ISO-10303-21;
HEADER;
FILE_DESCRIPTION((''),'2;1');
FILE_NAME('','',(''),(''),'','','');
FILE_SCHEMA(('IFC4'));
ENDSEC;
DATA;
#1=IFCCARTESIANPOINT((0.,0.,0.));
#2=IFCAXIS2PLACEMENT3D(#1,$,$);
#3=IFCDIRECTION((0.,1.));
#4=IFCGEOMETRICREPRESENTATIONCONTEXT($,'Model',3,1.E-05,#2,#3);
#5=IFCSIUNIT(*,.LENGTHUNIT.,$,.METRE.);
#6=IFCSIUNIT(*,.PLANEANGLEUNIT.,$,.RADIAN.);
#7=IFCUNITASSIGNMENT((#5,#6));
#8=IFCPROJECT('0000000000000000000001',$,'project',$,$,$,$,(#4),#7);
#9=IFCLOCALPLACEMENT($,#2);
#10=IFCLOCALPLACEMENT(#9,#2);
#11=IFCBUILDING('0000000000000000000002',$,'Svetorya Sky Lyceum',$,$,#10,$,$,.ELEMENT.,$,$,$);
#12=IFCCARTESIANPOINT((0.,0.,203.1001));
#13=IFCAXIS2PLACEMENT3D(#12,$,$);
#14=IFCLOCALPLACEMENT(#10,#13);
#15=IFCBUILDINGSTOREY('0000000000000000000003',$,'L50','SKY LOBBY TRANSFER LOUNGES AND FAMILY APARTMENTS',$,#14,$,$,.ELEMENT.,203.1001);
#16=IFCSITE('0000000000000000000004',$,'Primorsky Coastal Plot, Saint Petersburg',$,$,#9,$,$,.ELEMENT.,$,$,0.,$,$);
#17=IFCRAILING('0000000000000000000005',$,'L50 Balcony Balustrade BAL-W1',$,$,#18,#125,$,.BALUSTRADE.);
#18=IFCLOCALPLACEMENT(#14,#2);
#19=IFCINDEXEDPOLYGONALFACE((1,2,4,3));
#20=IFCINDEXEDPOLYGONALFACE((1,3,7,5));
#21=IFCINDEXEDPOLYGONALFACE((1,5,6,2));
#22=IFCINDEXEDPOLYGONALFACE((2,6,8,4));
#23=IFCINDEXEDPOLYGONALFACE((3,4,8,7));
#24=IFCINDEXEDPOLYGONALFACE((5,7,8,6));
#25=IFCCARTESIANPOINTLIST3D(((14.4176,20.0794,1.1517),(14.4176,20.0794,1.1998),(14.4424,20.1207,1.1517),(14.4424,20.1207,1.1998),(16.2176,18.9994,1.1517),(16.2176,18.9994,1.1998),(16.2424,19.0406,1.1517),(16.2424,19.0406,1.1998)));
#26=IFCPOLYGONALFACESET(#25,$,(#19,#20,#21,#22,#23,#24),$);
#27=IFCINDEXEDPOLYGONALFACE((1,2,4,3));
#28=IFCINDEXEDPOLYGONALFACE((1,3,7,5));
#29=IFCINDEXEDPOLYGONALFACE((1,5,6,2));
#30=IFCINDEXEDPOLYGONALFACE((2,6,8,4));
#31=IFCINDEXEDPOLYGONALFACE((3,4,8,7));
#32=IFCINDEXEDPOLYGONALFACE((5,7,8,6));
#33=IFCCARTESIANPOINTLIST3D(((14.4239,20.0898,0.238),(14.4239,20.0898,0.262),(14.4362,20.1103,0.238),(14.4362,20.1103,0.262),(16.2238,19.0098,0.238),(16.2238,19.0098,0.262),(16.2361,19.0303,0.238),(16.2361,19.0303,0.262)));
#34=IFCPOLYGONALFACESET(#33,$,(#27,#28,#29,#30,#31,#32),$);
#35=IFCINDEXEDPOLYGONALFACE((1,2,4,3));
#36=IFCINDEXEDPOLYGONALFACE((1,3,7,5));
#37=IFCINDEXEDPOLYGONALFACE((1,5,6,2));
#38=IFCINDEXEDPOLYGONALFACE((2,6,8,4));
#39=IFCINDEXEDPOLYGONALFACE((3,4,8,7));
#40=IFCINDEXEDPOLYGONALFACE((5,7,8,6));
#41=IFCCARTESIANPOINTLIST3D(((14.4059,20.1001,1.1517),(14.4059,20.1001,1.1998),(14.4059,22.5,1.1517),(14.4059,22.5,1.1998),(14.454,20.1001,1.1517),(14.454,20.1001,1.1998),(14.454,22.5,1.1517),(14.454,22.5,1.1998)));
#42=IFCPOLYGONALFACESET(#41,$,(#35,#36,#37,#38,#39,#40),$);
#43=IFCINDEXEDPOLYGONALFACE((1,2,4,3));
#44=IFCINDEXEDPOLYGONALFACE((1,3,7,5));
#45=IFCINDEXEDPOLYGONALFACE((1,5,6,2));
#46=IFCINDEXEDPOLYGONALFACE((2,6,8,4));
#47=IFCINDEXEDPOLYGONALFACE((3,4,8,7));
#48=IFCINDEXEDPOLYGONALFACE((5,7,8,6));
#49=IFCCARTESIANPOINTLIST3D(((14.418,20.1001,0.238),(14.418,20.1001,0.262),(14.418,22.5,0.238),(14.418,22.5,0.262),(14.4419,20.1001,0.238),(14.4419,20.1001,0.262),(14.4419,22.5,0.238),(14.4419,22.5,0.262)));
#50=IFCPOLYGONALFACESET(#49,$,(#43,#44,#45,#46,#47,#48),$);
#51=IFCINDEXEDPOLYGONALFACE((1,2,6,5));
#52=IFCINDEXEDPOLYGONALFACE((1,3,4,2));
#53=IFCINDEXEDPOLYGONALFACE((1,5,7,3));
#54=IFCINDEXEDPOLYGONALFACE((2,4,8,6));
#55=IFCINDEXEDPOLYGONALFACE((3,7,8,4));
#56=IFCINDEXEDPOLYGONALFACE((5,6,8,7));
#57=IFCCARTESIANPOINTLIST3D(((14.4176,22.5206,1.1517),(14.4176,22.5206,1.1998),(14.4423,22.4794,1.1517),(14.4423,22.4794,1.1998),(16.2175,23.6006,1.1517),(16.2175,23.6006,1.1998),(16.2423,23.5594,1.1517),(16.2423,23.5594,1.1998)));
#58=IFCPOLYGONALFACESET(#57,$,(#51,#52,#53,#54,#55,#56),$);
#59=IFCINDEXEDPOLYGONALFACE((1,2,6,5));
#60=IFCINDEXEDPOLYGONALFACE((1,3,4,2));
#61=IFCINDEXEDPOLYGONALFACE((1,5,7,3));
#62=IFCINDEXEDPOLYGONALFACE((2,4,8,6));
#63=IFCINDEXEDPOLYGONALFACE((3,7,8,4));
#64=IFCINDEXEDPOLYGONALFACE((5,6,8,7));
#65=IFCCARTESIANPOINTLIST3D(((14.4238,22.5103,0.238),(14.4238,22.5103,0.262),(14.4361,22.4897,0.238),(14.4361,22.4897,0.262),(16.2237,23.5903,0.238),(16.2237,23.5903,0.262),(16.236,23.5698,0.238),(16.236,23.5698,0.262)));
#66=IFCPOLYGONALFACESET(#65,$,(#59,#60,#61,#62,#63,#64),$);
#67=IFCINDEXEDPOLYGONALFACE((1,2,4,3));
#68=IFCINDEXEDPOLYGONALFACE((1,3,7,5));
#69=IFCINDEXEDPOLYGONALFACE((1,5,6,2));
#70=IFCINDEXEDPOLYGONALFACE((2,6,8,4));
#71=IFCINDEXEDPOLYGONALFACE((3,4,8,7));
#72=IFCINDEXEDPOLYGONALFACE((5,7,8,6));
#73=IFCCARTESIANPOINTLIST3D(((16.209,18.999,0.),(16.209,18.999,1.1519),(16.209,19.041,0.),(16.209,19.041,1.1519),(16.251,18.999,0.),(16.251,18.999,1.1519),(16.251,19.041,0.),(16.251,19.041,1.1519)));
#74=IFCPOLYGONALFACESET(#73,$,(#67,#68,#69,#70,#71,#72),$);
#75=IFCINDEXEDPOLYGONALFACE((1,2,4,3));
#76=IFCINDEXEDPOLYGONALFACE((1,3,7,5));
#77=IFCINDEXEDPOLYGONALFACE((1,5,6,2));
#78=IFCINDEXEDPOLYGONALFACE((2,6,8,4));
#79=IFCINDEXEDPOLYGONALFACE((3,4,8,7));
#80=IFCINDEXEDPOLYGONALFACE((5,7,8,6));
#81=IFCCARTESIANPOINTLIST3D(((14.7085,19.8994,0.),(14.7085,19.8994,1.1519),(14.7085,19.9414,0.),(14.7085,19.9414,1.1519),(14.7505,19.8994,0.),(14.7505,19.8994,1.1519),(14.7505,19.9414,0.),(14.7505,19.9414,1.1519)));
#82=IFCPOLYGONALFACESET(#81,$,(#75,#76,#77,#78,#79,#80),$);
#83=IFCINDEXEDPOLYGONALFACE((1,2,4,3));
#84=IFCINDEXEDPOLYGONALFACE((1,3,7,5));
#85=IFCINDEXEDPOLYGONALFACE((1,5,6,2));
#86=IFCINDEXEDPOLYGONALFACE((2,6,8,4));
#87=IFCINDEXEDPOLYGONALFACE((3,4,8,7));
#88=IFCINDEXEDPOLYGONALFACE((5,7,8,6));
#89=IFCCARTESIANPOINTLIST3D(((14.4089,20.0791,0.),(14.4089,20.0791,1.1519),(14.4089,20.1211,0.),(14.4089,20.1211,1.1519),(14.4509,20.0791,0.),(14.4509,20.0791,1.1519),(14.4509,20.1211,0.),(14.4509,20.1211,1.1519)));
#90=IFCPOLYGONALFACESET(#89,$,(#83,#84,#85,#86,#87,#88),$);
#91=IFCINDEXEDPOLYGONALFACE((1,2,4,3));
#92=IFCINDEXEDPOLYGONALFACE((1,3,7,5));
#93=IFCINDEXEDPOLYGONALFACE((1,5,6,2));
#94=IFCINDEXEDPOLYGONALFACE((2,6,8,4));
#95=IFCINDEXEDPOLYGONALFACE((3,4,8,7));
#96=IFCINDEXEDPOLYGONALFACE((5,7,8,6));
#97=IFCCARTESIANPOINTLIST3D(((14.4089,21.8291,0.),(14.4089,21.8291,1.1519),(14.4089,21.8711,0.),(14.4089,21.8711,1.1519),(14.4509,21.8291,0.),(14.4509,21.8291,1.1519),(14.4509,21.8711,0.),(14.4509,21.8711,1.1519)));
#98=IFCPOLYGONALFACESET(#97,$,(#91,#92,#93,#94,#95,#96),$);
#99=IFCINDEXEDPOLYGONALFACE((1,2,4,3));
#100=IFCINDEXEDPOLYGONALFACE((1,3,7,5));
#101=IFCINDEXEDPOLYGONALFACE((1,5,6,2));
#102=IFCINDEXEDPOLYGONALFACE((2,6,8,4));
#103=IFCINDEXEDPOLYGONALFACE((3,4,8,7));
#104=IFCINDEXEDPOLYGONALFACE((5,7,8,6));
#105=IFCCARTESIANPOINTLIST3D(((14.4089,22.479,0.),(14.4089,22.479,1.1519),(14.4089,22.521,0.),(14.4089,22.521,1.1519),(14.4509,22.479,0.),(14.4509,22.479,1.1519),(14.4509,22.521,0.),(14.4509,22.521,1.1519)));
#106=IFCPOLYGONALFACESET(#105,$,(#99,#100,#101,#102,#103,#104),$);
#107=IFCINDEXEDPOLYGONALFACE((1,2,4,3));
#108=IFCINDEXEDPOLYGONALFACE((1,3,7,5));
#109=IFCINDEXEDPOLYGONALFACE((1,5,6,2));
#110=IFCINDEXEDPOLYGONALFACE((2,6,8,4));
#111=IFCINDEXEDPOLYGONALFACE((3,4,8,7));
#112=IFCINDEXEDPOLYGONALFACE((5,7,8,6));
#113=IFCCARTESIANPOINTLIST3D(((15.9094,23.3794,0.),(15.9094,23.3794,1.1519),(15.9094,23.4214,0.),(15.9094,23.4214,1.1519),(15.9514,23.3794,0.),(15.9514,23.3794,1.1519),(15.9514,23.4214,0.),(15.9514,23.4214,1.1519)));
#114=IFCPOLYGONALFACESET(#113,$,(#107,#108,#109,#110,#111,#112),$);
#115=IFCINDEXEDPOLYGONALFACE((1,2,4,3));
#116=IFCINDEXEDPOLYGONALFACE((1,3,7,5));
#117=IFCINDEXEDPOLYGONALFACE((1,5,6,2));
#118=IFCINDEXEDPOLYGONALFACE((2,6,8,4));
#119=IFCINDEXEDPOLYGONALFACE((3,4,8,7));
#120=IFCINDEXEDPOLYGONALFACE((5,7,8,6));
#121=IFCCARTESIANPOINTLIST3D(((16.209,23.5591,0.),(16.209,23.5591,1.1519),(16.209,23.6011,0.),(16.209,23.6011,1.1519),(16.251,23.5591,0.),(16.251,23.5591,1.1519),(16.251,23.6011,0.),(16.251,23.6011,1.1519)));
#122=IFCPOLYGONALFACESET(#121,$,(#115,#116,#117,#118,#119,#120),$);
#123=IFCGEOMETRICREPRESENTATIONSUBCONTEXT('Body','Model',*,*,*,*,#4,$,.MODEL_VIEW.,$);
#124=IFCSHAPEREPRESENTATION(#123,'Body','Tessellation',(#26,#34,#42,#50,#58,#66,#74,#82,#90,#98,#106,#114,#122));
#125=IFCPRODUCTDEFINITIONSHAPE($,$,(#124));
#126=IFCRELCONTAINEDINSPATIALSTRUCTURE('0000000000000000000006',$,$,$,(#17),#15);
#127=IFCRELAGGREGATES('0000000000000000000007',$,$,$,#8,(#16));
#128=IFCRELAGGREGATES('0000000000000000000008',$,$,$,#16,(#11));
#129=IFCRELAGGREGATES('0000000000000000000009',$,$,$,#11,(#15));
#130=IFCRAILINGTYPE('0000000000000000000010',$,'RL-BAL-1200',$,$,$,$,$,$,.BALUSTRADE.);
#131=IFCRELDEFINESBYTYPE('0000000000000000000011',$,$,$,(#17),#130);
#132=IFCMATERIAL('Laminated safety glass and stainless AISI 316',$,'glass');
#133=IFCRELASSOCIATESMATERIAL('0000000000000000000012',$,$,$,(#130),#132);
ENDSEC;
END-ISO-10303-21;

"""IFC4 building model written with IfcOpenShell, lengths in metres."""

from ifc_helpers import new_model, si_unit, direction, frame, origin, origin_2d, place, context, subcontext, project, spatial, rectangle, extrude, material, type_object, element, save


model = new_model("IFC4")

# Units and contexts
model_context = context("Model", 3, precision=1e-05, world=origin(), true_north=direction((0.0, 1.0)))
body_context = subcontext(model_context, "Body", "Model", "MODEL_VIEW")
ifc_project = project(units=[si_unit("LENGTHUNIT", "METRE"), si_unit("PLANEANGLEUNIT", "RADIAN")], contexts=[model_context])

# Site, building, storey
site_placement = place(None, origin())
site = spatial("IfcSite", under=ifc_project, at=site_placement, Name="Primorsky Coastal Plot, Saint Petersburg", CompositionType="ELEMENT", RefElevation=0.0)
building_placement = place(site_placement, origin())
building = spatial("IfcBuilding", under=site, at=building_placement, Name="Svetorya Sky Lyceum", CompositionType="ELEMENT")
storey_placement = place(building_placement, frame((0.0, 0.0, 203.1001)))
storey = spatial("IfcBuildingStorey", under=building, at=storey_placement, Name="L50", Description="SKY LOBBY TRANSFER LOUNGES AND FAMILY APARTMENTS", CompositionType="ELEMENT", Elevation=203.1001)

# Railing
ifc_material_1 = material(Name="Laminated safety glass and stainless AISI 316", Category="glass")
railing_type = type_object("IfcRailingType", Name="RL-BAL-1200", PredefinedType="BALUSTRADE", material=ifc_material_1)
railing_placement = place(storey_placement, frame((16.23, 19.02, 0.0)))
element("IfcRailing", 1, at=railing_placement, inside=storey, type_object=railing_type, Name="L50 Balcony Balustrade BAL-W1", PredefinedType="BALUSTRADE", context=body_context, shape_type="SweptSolid", body=[
    extrude(rectangle(XDim=0.0481, YDim=0.0481, at=origin_2d()), frame((0.0, 0.0, 1.1758), z_axis=(-0.857483, 0.514513, 0.0), x_axis=(-0.514513, -0.857483, 0.0)), (0.0, 0.0, 1.0), 2.0991),
    extrude(rectangle(XDim=0.0239, YDim=0.0239, at=origin_2d()), frame((0.0, 0.0, 0.25), z_axis=(-0.857483, 0.514513, 0.0), x_axis=(-0.514513, -0.857483, 0.0)), (0.0, 0.0, 1.0), 2.0991),
    extrude(rectangle(XDim=0.0481, YDim=0.0481, at=origin_2d()), frame((-1.8, 1.0801, 1.1758), z_axis=(0.0, 1.0, 0.0), x_axis=(-1.0, 0.0, 0.0)), (0.0, 0.0, 1.0), 2.3999),
    extrude(rectangle(XDim=0.0239, YDim=0.0239, at=origin_2d()), frame((-1.8, 1.0801, 0.25), z_axis=(0.0, 1.0, 0.0), x_axis=(-1.0, 0.0, 0.0)), (0.0, 0.0, 1.0), 2.3999),
    extrude(rectangle(XDim=0.0481, YDim=0.0481, at=origin_2d()), frame((-1.8, 3.48, 1.1758), z_axis=(0.857483, 0.514513, 0.0), x_axis=(-0.514513, 0.857483, 0.0)), (0.0, 0.0, 1.0), 2.0991),
    extrude(rectangle(XDim=0.0239, YDim=0.0239, at=origin_2d()), frame((-1.8, 3.48, 0.25), z_axis=(0.857483, 0.514513, 0.0), x_axis=(-0.514513, 0.857483, 0.0)), (0.0, 0.0, 1.0), 2.0991),
    extrude(rectangle(XDim=0.042, YDim=0.042, at=origin_2d()), origin(), (0.0, 0.0, 1.0), 1.1519),
    extrude(rectangle(XDim=0.042, YDim=0.042, at=origin_2d()), frame((-1.5005, 0.9004, 0.0)), (0.0, 0.0, 1.0), 1.1519),
    extrude(rectangle(XDim=0.042, YDim=0.042, at=origin_2d()), frame((-1.8, 1.0801, 0.0)), (0.0, 0.0, 1.0), 1.1519),
    extrude(rectangle(XDim=0.042, YDim=0.042, at=origin_2d()), frame((-1.8, 2.8301, 0.0)), (0.0, 0.0, 1.0), 1.1519),
    extrude(rectangle(XDim=0.042, YDim=0.042, at=origin_2d()), frame((-1.8, 3.48, 0.0)), (0.0, 0.0, 1.0), 1.1519),
    extrude(rectangle(XDim=0.042, YDim=0.042, at=origin_2d()), frame((-0.2996, 4.3804, 0.0)), (0.0, 0.0, 1.0), 1.1519),
    extrude(rectangle(XDim=0.042, YDim=0.042, at=origin_2d()), frame((0.0, 4.5601, 0.0)), (0.0, 0.0, 1.0), 1.1519),
])

save(model, "model.ifc")
